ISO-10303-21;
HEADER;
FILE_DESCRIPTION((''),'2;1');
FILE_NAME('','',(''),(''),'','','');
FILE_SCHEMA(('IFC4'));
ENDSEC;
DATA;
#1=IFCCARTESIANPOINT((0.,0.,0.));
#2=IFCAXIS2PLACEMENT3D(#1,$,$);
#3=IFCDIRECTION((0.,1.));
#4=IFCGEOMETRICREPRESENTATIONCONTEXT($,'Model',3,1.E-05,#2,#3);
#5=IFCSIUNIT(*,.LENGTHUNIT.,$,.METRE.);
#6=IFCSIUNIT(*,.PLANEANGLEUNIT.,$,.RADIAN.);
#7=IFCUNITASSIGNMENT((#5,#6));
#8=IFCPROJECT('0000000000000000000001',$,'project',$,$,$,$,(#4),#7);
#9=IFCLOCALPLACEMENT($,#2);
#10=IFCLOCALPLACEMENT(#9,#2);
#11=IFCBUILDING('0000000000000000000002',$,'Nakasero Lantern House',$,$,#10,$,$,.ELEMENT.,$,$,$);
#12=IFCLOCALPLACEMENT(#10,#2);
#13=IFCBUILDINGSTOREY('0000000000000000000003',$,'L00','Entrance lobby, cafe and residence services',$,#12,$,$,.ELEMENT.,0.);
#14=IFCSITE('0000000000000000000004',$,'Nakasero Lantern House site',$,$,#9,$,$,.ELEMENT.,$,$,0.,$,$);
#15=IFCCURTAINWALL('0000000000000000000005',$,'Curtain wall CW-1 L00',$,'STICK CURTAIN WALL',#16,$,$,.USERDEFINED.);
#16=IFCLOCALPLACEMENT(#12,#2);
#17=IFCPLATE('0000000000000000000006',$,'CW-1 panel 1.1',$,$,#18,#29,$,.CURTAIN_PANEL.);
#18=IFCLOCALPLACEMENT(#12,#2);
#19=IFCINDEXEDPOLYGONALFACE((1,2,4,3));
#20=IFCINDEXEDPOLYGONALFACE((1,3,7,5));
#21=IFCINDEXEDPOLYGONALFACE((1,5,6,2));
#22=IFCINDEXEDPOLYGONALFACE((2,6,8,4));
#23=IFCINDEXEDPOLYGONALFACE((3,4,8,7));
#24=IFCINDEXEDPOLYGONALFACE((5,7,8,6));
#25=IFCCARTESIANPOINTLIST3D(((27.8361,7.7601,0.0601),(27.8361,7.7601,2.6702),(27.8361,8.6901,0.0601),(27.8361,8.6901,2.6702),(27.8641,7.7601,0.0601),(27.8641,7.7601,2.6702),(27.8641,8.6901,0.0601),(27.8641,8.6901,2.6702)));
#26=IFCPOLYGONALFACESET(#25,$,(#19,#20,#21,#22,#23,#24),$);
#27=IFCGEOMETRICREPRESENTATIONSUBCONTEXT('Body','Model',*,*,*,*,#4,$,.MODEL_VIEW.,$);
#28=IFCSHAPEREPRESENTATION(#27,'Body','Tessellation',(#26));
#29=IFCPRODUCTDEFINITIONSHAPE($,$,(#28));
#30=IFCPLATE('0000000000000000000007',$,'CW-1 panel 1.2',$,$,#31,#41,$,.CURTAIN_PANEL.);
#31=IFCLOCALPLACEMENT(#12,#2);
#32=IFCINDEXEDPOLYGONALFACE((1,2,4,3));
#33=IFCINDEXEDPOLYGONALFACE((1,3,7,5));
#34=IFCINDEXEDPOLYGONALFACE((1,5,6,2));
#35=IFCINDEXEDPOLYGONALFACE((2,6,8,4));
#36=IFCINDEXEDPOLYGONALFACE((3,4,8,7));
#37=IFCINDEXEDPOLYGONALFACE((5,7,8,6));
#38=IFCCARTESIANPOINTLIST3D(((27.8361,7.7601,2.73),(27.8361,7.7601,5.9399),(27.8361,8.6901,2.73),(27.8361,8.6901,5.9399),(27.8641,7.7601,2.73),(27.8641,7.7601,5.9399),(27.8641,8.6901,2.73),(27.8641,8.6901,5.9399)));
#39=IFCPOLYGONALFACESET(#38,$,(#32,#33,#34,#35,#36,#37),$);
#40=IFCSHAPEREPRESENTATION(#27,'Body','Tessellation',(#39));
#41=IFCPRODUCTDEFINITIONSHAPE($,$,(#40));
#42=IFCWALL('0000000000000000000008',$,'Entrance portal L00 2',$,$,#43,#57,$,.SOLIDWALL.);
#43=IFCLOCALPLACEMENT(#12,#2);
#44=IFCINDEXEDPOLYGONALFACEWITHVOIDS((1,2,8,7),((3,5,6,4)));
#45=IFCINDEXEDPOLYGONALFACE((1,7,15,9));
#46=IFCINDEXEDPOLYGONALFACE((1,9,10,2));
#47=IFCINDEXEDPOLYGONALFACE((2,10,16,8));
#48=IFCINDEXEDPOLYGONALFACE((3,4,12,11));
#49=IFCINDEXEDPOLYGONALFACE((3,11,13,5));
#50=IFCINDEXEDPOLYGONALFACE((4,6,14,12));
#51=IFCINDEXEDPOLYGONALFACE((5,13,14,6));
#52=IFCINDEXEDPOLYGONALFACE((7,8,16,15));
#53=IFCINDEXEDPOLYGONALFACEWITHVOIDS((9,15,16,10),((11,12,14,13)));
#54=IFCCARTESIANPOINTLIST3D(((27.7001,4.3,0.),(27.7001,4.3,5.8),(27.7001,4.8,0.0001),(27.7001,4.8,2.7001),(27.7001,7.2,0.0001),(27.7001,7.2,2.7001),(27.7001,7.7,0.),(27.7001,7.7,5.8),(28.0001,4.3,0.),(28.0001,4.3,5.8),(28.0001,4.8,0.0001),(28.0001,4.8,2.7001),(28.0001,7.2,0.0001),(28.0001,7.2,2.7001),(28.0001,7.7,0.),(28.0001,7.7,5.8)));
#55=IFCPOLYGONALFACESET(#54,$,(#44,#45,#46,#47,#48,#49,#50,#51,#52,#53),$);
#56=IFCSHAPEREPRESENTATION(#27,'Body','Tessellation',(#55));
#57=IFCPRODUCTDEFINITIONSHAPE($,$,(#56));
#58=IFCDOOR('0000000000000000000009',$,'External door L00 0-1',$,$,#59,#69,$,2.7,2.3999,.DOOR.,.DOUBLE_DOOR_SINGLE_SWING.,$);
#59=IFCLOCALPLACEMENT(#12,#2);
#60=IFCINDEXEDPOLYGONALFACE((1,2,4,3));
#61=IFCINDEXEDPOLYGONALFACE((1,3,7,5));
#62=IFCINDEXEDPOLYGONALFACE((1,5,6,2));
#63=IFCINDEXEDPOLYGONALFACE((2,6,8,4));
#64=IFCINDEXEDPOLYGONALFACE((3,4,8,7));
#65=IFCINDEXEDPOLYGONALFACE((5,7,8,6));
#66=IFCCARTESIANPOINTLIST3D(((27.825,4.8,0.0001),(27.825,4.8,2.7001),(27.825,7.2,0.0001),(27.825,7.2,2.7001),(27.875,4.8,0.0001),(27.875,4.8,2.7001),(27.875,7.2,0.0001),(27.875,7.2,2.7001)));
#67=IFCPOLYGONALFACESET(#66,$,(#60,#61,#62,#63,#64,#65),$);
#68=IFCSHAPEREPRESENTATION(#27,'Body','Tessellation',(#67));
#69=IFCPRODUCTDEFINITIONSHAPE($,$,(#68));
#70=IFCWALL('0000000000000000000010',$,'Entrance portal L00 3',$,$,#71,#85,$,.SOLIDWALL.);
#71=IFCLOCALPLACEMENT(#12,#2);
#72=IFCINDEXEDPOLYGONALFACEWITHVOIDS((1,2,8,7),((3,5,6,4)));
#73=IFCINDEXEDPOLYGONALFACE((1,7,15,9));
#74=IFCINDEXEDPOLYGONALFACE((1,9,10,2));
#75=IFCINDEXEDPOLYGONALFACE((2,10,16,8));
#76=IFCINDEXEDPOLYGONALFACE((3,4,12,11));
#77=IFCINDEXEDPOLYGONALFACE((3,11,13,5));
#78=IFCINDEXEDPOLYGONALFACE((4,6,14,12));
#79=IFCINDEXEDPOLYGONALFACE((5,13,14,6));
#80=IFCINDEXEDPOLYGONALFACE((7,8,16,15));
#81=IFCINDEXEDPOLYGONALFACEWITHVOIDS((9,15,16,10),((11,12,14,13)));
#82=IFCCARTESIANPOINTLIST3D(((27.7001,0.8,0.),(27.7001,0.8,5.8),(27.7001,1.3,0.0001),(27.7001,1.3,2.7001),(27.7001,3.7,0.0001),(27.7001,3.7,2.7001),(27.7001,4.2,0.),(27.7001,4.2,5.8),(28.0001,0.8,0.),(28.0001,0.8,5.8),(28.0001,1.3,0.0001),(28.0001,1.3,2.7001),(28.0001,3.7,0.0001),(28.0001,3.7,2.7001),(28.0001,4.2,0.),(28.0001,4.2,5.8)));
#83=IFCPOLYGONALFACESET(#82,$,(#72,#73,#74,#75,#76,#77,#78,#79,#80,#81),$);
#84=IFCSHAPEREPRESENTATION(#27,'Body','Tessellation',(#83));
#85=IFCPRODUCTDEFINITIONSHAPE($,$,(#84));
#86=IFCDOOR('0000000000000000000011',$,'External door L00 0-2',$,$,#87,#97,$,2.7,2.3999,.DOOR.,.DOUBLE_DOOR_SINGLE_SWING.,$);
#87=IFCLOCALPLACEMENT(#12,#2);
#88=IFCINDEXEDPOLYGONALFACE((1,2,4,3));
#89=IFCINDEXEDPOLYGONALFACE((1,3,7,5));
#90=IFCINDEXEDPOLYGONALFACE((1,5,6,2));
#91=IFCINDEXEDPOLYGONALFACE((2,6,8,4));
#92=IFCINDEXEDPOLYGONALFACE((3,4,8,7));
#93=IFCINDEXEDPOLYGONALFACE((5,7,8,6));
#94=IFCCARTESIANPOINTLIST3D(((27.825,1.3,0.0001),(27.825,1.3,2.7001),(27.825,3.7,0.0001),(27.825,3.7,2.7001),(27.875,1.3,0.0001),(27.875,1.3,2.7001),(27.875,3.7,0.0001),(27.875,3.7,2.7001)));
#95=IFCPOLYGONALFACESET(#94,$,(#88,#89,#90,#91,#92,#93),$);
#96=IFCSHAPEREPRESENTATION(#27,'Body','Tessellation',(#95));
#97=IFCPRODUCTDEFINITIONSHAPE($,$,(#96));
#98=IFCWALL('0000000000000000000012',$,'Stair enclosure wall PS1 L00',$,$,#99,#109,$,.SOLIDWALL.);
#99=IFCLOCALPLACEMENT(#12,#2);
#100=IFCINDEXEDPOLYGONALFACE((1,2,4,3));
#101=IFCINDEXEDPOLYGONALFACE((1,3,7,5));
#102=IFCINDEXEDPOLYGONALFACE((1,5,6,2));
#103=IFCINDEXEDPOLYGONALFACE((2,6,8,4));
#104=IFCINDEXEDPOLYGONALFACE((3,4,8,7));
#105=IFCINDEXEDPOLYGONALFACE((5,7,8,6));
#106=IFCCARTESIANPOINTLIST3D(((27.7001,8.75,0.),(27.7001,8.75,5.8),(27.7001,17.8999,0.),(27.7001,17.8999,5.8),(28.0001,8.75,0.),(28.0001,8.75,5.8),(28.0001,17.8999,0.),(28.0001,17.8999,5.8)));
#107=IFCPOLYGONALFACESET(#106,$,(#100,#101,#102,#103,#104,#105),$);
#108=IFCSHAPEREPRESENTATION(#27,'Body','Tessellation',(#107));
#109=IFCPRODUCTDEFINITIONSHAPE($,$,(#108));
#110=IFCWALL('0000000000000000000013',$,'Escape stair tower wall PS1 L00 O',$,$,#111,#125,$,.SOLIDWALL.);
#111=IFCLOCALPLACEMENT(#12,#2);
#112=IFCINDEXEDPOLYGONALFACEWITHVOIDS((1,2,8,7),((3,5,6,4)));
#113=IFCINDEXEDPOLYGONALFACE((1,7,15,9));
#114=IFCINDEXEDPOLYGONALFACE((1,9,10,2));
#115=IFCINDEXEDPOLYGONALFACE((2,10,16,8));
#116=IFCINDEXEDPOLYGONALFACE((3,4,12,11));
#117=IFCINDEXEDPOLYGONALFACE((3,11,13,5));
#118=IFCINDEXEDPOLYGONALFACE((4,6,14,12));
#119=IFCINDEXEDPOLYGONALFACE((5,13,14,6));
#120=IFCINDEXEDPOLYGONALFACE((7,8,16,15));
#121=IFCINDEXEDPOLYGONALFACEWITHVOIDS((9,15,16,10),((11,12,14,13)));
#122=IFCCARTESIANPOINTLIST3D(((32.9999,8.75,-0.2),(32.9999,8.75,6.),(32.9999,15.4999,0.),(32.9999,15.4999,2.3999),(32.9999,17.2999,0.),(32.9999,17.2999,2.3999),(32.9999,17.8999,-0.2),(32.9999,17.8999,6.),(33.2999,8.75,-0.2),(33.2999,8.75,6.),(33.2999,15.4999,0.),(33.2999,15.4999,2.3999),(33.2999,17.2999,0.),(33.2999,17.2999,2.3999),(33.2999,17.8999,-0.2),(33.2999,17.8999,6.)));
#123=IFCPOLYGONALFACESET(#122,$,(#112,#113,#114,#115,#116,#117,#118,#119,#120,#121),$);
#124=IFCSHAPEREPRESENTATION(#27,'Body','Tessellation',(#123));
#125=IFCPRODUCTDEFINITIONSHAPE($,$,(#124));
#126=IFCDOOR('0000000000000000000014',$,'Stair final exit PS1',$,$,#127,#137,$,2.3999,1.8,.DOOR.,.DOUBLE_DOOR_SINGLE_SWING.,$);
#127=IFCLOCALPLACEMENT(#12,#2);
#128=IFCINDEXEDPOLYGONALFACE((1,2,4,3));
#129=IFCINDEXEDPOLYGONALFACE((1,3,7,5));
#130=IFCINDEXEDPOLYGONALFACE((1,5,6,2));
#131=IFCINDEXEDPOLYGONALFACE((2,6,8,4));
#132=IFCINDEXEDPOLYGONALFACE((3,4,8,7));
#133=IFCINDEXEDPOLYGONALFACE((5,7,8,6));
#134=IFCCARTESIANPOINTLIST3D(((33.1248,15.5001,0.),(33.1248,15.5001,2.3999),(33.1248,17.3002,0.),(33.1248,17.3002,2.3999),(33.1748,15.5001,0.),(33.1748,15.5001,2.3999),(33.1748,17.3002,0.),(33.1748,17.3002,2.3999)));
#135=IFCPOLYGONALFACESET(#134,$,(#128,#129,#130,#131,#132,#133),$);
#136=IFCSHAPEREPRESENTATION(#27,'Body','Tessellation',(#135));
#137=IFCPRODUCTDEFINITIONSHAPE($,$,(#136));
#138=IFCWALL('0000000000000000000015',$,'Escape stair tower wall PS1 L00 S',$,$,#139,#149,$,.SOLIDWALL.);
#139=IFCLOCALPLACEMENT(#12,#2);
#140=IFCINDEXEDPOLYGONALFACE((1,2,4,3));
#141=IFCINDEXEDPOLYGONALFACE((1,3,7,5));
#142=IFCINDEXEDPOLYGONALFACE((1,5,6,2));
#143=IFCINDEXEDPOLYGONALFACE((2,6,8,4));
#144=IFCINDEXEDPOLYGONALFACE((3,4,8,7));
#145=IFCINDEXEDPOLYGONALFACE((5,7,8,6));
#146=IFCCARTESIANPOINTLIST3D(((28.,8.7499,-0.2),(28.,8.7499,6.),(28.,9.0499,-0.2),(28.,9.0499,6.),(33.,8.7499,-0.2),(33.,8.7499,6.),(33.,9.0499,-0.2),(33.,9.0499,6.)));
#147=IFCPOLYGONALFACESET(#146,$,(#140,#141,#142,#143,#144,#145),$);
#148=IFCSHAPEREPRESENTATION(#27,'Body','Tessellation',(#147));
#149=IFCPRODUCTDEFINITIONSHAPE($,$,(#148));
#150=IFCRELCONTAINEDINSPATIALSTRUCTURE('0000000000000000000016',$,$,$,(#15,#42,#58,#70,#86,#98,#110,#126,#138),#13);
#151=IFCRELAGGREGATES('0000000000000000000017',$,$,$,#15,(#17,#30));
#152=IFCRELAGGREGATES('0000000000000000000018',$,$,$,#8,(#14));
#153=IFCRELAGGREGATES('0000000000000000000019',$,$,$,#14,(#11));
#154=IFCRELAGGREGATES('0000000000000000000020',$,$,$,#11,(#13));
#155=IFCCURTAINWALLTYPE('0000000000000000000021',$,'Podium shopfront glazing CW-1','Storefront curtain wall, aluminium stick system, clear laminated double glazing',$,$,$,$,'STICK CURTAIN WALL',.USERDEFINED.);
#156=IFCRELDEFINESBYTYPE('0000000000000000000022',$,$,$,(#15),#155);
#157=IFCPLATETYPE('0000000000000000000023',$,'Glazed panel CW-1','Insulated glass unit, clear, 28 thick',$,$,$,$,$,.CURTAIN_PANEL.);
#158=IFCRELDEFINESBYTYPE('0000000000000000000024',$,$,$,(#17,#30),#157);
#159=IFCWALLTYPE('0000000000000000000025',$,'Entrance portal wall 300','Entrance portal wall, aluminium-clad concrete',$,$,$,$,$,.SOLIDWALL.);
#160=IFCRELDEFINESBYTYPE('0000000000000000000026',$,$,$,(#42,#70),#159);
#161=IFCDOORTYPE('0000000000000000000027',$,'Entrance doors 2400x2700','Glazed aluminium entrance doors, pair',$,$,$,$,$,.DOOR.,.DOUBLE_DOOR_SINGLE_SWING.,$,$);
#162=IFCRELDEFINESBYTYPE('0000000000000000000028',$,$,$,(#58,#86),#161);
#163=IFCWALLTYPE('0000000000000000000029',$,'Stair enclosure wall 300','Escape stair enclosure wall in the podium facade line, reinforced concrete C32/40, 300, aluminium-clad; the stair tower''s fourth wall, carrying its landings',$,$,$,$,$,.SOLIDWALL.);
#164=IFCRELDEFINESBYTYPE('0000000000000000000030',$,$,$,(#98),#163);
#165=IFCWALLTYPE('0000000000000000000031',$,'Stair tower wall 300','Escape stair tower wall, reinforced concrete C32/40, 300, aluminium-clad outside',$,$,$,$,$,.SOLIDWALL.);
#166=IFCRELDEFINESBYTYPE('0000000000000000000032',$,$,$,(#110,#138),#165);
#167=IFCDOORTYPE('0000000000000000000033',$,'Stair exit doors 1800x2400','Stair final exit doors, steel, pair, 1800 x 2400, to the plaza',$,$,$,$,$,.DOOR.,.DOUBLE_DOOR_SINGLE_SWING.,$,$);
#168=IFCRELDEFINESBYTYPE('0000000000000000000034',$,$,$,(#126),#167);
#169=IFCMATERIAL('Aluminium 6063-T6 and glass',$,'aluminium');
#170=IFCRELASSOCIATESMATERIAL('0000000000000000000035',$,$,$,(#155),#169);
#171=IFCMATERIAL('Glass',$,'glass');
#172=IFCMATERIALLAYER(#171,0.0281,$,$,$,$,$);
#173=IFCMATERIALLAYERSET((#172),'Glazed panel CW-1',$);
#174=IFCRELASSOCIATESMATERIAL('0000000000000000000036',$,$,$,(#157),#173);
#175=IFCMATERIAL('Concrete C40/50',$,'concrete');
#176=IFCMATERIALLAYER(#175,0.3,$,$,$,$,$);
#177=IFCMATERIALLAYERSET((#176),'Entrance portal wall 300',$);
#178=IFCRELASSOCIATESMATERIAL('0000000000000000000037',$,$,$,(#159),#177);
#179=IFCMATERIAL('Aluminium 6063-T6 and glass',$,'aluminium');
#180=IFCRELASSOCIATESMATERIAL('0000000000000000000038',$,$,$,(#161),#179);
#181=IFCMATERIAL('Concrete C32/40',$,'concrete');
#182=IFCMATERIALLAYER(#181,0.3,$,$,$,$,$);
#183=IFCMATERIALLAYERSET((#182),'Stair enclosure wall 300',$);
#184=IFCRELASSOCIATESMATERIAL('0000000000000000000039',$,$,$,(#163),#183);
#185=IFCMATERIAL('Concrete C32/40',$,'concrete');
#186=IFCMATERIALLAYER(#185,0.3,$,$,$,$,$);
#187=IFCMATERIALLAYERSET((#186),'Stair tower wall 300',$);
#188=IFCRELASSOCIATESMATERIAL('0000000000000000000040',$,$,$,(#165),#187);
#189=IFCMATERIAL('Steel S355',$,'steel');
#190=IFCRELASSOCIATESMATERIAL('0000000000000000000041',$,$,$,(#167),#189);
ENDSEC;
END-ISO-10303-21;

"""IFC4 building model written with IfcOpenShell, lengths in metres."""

from ifc_helpers import new_model, si_unit, direction, frame, frame_2d, origin, origin_2d, place, context, subcontext, project, spatial, rectangle, extrude, material, layer, layer_set, type_object, element, fill, aggregate, save


model = new_model("IFC4")

# Units and contexts
model_context = context("Model", 3, precision=1e-05, world=origin(), true_north=direction((0.0, 1.0)))
body_context = subcontext(model_context, "Body", "Model", "MODEL_VIEW")
ifc_project = project(units=[si_unit("LENGTHUNIT", "METRE"), si_unit("PLANEANGLEUNIT", "RADIAN")], contexts=[model_context])

# Site, building, storey
site_placement = place(None, origin())
site = spatial("IfcSite", under=ifc_project, at=site_placement, Name="Nakasero Lantern House site", CompositionType="ELEMENT", RefElevation=0.0)
building_placement = place(site_placement, origin())
building = spatial("IfcBuilding", under=site, at=building_placement, Name="Nakasero Lantern House", CompositionType="ELEMENT")
storey_placement = place(building_placement, origin())
storey = spatial("IfcBuildingStorey", under=building, at=storey_placement, Name="L00", Description="Entrance lobby, cafe and residence services", CompositionType="ELEMENT", Elevation=0.0)

# Curtain wall
ifc_material_1 = material(Name="Aluminium 6063-T6 and glass", Category="aluminium")
curtain_wall_type = type_object("IfcCurtainWallType", Name="Podium shopfront glazing CW-1", Description="Storefront curtain wall, aluminium stick system, clear laminated double glazing", ElementType="STICK CURTAIN WALL", PredefinedType="USERDEFINED", material=ifc_material_1)
curtain_wall_placement = place(storey_placement, origin())
curtain_wall = element("IfcCurtainWall", 1, at=curtain_wall_placement, inside=storey, type_object=curtain_wall_type, Name="Curtain wall CW-1 L00", ObjectType="STICK CURTAIN WALL", PredefinedType="USERDEFINED")

# Plates
ifc_material_2 = material(Name="Glass", Category="glass")
ifc_layer_1 = layer(ifc_material_2, 0.0281)
ifc_layer_set_1 = layer_set([ifc_layer_1], Name="Glazed panel CW-1")
plate_type = type_object("IfcPlateType", Name="Glazed panel CW-1", Description="Insulated glass unit, clear, 28 thick", PredefinedType="CURTAIN_PANEL", material=ifc_layer_set_1)
plate_1_placement = place(storey_placement, frame((27.8501, 8.2251, 0.0601), z_axis=(0.0, 0.0, 1.0), x_axis=(0.0, 1.0, 0.0)))
plate_1 = element("IfcPlate", 2, at=plate_1_placement, type_object=plate_type, Name="CW-1 panel 1.1", PredefinedType="CURTAIN_PANEL", context=body_context, shape_type="SweptSolid", body=[
    extrude(rectangle(XDim=0.9299, YDim=0.0281, at=origin_2d()), origin(), (0.0, 0.0, 1.0), 2.6101),
])
plate_2_placement = place(storey_placement, frame((27.8501, 8.2251, 2.73), z_axis=(0.0, 0.0, 1.0), x_axis=(0.0, 1.0, 0.0)))
plate_2 = element("IfcPlate", 3, at=plate_2_placement, type_object=plate_type, Name="CW-1 panel 1.2", PredefinedType="CURTAIN_PANEL", context=body_context, shape_type="SweptSolid", body=[
    extrude(rectangle(XDim=0.9299, YDim=0.0281, at=origin_2d()), origin(), (0.0, 0.0, 1.0), 3.21),
])
aggregate(curtain_wall, [plate_1, plate_2])

# Walls, openings, doors
ifc_material_3 = material(Name="Concrete C40/50", Category="concrete")
ifc_layer_2 = layer(ifc_material_3, 0.3)
ifc_layer_set_2 = layer_set([ifc_layer_2], Name="Entrance portal wall 300")
wall_type_1 = type_object("IfcWallType", Name="Entrance portal wall 300", Description="Entrance portal wall, aluminium-clad concrete", PredefinedType="SOLIDWALL", material=ifc_layer_set_2)
wall_1_placement = place(storey_placement, frame((27.8501, 4.3, 0.0), z_axis=(0.0, 0.0, 1.0), x_axis=(0.0, 1.0, 0.0)))
wall_1 = element("IfcWall", 4, at=wall_1_placement, inside=storey, type_object=wall_type_1, Name="Entrance portal L00 2", PredefinedType="SOLIDWALL", context=body_context, shape_type="SweptSolid", body=[
    extrude(rectangle(XDim=3.3999, YDim=0.3, at=frame_2d((1.7, 0.0))), origin(), (0.0, 0.0, 1.0), 5.8),
])
opening_1_placement = place(wall_1_placement, frame((0.5, 0.0, 0.0)))
opening_1 = element("IfcOpeningElement", 5, at=opening_1_placement, cuts=wall_1, PredefinedType="OPENING", context=body_context, shape_type="SweptSolid", body=[
    extrude(rectangle(XDim=2.3999, YDim=2.7, at=frame_2d((1.2, 1.3501))), frame((0.0, 0.1699, 0.0), z_axis=(0.0, -1.0, 0.0), x_axis=(1.0, 0.0, 0.0)), (0.0, 0.0, 1.0), 0.3401),
])
ifc_material_4 = material(Name="Aluminium 6063-T6 and glass", Category="aluminium")
door_type_1 = type_object("IfcDoorType", Name="Entrance doors 2400x2700", Description="Glazed aluminium entrance doors, pair", OperationType="DOUBLE_DOOR_SINGLE_SWING", PredefinedType="DOOR", material=ifc_material_4)
door_1_placement = place(opening_1_placement, frame((2.3999, 0.0, 0.0), z_axis=(0.0, 0.0, 1.0), x_axis=(-1.0, 0.0, 0.0)))
door_1 = element("IfcDoor", 6, at=door_1_placement, inside=storey, type_object=door_type_1, Name="External door L00 0-1", OperationType="DOUBLE_DOOR_SINGLE_SWING", OverallHeight=2.7, OverallWidth=2.3999, PredefinedType="DOOR", context=body_context, shape_type="SweptSolid", body=[
    extrude(rectangle(XDim=2.3999, YDim=2.7, at=frame_2d((1.2, 1.3501))), frame((0.0, 0.0249, 0.0), z_axis=(0.0, -1.0, 0.0), x_axis=(1.0, 0.0, 0.0)), (0.0, 0.0, 1.0), 0.05),
])
fill(opening_1, door_1)
wall_2_placement = place(storey_placement, frame((27.8501, 0.8, 0.0), z_axis=(0.0, 0.0, 1.0), x_axis=(0.0, 1.0, 0.0)))
wall_2 = element("IfcWall", 7, at=wall_2_placement, inside=storey, type_object=wall_type_1, Name="Entrance portal L00 3", PredefinedType="SOLIDWALL", context=body_context, shape_type="SweptSolid", body=[
    extrude(rectangle(XDim=3.3999, YDim=0.3, at=frame_2d((1.7, 0.0))), origin(), (0.0, 0.0, 1.0), 5.8),
])
opening_2_placement = place(wall_2_placement, frame((0.5, 0.0, 0.0)))
opening_2 = element("IfcOpeningElement", 8, at=opening_2_placement, cuts=wall_2, PredefinedType="OPENING", context=body_context, shape_type="SweptSolid", body=[
    extrude(rectangle(XDim=2.3999, YDim=2.7, at=frame_2d((1.2, 1.3501))), frame((0.0, 0.1699, 0.0), z_axis=(0.0, -1.0, 0.0), x_axis=(1.0, 0.0, 0.0)), (0.0, 0.0, 1.0), 0.3401),
])
door_2_placement = place(opening_2_placement, frame((2.3999, 0.0, 0.0), z_axis=(0.0, 0.0, 1.0), x_axis=(-1.0, 0.0, 0.0)))
door_2 = element("IfcDoor", 9, at=door_2_placement, inside=storey, type_object=door_type_1, Name="External door L00 0-2", OperationType="DOUBLE_DOOR_SINGLE_SWING", OverallHeight=2.7, OverallWidth=2.3999, PredefinedType="DOOR", context=body_context, shape_type="SweptSolid", body=[
    extrude(rectangle(XDim=2.3999, YDim=2.7, at=frame_2d((1.2, 1.3501))), frame((0.0, 0.0249, 0.0), z_axis=(0.0, -1.0, 0.0), x_axis=(1.0, 0.0, 0.0)), (0.0, 0.0, 1.0), 0.05),
])
fill(opening_2, door_2)

# Wall
ifc_material_5 = material(Name="Concrete C32/40", Category="concrete")
ifc_layer_3 = layer(ifc_material_5, 0.3)
ifc_layer_set_3 = layer_set([ifc_layer_3], Name="Stair enclosure wall 300")
wall_type_2 = type_object("IfcWallType", Name="Stair enclosure wall 300", Description="Escape stair enclosure wall in the podium facade line, reinforced concrete C32/40, 300, aluminium-clad; the stair tower's fourth wall, carrying its landings", PredefinedType="SOLIDWALL", material=ifc_layer_set_3)
wall_3_placement = place(storey_placement, frame((27.8501, 8.75, 0.0), z_axis=(0.0, 0.0, 1.0), x_axis=(0.0, 1.0, 0.0)))
element("IfcWall", 10, at=wall_3_placement, inside=storey, type_object=wall_type_2, Name="Stair enclosure wall PS1 L00", PredefinedType="SOLIDWALL", context=body_context, shape_type="SweptSolid", body=[
    extrude(rectangle(XDim=9.1499, YDim=0.3, at=frame_2d((4.575, 0.0))), origin(), (0.0, 0.0, 1.0), 5.8),
])

# Wall, opening, door
ifc_material_6 = material(Name="Concrete C32/40", Category="concrete")
ifc_layer_4 = layer(ifc_material_6, 0.3)
ifc_layer_set_4 = layer_set([ifc_layer_4], Name="Stair tower wall 300")
wall_type_3 = type_object("IfcWallType", Name="Stair tower wall 300", Description="Escape stair tower wall, reinforced concrete C32/40, 300, aluminium-clad outside", PredefinedType="SOLIDWALL", material=ifc_layer_set_4)
wall_4_placement = place(storey_placement, frame((33.1499, 8.75, -0.2), z_axis=(0.0, 0.0, 1.0), x_axis=(0.0, 1.0, 0.0)))
wall_4 = element("IfcWall", 11, at=wall_4_placement, inside=storey, type_object=wall_type_3, Name="Escape stair tower wall PS1 L00 O", PredefinedType="SOLIDWALL", context=body_context, shape_type="SweptSolid", body=[
    extrude(rectangle(XDim=9.1499, YDim=0.3, at=frame_2d((4.575, 0.0))), origin(), (0.0, 0.0, 1.0), 6.2),
])
opening_3_placement = place(wall_4_placement, frame((6.75, 0.0, 0.2)))
opening_3 = element("IfcOpeningElement", 12, at=opening_3_placement, cuts=wall_4, PredefinedType="OPENING", context=body_context, shape_type="SweptSolid", body=[
    extrude(rectangle(XDim=1.8, YDim=2.3999, at=frame_2d((0.8999, 1.2))), frame((0.0, 0.1699, 0.0), z_axis=(0.0, -1.0, 0.0), x_axis=(1.0, 0.0, 0.0)), (0.0, 0.0, 1.0), 0.3401),
])
ifc_material_7 = material(Name="Steel S355", Category="steel")
door_type_2 = type_object("IfcDoorType", Name="Stair exit doors 1800x2400", Description="Stair final exit doors, steel, pair, 1800 x 2400, to the plaza", OperationType="DOUBLE_DOOR_SINGLE_SWING", PredefinedType="DOOR", material=ifc_material_7)
door_3_placement = place(opening_3_placement, frame((1.8, 0.0, 0.0), z_axis=(0.0, 0.0, 1.0), x_axis=(-1.0, 0.0, 0.0)))
door_3 = element("IfcDoor", 13, at=door_3_placement, inside=storey, type_object=door_type_2, Name="Stair final exit PS1", OperationType="DOUBLE_DOOR_SINGLE_SWING", OverallHeight=2.3999, OverallWidth=1.8, PredefinedType="DOOR", context=body_context, shape_type="SweptSolid", body=[
    extrude(rectangle(XDim=1.8, YDim=2.3999, at=frame_2d((0.8999, 1.2))), frame((0.0, 0.0249, 0.0), z_axis=(0.0, -1.0, 0.0), x_axis=(1.0, 0.0, 0.0)), (0.0, 0.0, 1.0), 0.05),
])
fill(opening_3, door_3)

# Wall
wall_5_placement = place(storey_placement, frame((28.0, 8.8999, -0.2), z_axis=(0.0, 0.0, 1.0), x_axis=(1.0, 0.0, 0.0)))
element("IfcWall", 14, at=wall_5_placement, inside=storey, type_object=wall_type_3, Name="Escape stair tower wall PS1 L00 S", PredefinedType="SOLIDWALL", context=body_context, shape_type="SweptSolid", body=[
    extrude(rectangle(XDim=5.0, YDim=0.3, at=frame_2d((2.5, 0.0))), origin(), (0.0, 0.0, 1.0), 6.2),
])

save(model, "model.ifc")
